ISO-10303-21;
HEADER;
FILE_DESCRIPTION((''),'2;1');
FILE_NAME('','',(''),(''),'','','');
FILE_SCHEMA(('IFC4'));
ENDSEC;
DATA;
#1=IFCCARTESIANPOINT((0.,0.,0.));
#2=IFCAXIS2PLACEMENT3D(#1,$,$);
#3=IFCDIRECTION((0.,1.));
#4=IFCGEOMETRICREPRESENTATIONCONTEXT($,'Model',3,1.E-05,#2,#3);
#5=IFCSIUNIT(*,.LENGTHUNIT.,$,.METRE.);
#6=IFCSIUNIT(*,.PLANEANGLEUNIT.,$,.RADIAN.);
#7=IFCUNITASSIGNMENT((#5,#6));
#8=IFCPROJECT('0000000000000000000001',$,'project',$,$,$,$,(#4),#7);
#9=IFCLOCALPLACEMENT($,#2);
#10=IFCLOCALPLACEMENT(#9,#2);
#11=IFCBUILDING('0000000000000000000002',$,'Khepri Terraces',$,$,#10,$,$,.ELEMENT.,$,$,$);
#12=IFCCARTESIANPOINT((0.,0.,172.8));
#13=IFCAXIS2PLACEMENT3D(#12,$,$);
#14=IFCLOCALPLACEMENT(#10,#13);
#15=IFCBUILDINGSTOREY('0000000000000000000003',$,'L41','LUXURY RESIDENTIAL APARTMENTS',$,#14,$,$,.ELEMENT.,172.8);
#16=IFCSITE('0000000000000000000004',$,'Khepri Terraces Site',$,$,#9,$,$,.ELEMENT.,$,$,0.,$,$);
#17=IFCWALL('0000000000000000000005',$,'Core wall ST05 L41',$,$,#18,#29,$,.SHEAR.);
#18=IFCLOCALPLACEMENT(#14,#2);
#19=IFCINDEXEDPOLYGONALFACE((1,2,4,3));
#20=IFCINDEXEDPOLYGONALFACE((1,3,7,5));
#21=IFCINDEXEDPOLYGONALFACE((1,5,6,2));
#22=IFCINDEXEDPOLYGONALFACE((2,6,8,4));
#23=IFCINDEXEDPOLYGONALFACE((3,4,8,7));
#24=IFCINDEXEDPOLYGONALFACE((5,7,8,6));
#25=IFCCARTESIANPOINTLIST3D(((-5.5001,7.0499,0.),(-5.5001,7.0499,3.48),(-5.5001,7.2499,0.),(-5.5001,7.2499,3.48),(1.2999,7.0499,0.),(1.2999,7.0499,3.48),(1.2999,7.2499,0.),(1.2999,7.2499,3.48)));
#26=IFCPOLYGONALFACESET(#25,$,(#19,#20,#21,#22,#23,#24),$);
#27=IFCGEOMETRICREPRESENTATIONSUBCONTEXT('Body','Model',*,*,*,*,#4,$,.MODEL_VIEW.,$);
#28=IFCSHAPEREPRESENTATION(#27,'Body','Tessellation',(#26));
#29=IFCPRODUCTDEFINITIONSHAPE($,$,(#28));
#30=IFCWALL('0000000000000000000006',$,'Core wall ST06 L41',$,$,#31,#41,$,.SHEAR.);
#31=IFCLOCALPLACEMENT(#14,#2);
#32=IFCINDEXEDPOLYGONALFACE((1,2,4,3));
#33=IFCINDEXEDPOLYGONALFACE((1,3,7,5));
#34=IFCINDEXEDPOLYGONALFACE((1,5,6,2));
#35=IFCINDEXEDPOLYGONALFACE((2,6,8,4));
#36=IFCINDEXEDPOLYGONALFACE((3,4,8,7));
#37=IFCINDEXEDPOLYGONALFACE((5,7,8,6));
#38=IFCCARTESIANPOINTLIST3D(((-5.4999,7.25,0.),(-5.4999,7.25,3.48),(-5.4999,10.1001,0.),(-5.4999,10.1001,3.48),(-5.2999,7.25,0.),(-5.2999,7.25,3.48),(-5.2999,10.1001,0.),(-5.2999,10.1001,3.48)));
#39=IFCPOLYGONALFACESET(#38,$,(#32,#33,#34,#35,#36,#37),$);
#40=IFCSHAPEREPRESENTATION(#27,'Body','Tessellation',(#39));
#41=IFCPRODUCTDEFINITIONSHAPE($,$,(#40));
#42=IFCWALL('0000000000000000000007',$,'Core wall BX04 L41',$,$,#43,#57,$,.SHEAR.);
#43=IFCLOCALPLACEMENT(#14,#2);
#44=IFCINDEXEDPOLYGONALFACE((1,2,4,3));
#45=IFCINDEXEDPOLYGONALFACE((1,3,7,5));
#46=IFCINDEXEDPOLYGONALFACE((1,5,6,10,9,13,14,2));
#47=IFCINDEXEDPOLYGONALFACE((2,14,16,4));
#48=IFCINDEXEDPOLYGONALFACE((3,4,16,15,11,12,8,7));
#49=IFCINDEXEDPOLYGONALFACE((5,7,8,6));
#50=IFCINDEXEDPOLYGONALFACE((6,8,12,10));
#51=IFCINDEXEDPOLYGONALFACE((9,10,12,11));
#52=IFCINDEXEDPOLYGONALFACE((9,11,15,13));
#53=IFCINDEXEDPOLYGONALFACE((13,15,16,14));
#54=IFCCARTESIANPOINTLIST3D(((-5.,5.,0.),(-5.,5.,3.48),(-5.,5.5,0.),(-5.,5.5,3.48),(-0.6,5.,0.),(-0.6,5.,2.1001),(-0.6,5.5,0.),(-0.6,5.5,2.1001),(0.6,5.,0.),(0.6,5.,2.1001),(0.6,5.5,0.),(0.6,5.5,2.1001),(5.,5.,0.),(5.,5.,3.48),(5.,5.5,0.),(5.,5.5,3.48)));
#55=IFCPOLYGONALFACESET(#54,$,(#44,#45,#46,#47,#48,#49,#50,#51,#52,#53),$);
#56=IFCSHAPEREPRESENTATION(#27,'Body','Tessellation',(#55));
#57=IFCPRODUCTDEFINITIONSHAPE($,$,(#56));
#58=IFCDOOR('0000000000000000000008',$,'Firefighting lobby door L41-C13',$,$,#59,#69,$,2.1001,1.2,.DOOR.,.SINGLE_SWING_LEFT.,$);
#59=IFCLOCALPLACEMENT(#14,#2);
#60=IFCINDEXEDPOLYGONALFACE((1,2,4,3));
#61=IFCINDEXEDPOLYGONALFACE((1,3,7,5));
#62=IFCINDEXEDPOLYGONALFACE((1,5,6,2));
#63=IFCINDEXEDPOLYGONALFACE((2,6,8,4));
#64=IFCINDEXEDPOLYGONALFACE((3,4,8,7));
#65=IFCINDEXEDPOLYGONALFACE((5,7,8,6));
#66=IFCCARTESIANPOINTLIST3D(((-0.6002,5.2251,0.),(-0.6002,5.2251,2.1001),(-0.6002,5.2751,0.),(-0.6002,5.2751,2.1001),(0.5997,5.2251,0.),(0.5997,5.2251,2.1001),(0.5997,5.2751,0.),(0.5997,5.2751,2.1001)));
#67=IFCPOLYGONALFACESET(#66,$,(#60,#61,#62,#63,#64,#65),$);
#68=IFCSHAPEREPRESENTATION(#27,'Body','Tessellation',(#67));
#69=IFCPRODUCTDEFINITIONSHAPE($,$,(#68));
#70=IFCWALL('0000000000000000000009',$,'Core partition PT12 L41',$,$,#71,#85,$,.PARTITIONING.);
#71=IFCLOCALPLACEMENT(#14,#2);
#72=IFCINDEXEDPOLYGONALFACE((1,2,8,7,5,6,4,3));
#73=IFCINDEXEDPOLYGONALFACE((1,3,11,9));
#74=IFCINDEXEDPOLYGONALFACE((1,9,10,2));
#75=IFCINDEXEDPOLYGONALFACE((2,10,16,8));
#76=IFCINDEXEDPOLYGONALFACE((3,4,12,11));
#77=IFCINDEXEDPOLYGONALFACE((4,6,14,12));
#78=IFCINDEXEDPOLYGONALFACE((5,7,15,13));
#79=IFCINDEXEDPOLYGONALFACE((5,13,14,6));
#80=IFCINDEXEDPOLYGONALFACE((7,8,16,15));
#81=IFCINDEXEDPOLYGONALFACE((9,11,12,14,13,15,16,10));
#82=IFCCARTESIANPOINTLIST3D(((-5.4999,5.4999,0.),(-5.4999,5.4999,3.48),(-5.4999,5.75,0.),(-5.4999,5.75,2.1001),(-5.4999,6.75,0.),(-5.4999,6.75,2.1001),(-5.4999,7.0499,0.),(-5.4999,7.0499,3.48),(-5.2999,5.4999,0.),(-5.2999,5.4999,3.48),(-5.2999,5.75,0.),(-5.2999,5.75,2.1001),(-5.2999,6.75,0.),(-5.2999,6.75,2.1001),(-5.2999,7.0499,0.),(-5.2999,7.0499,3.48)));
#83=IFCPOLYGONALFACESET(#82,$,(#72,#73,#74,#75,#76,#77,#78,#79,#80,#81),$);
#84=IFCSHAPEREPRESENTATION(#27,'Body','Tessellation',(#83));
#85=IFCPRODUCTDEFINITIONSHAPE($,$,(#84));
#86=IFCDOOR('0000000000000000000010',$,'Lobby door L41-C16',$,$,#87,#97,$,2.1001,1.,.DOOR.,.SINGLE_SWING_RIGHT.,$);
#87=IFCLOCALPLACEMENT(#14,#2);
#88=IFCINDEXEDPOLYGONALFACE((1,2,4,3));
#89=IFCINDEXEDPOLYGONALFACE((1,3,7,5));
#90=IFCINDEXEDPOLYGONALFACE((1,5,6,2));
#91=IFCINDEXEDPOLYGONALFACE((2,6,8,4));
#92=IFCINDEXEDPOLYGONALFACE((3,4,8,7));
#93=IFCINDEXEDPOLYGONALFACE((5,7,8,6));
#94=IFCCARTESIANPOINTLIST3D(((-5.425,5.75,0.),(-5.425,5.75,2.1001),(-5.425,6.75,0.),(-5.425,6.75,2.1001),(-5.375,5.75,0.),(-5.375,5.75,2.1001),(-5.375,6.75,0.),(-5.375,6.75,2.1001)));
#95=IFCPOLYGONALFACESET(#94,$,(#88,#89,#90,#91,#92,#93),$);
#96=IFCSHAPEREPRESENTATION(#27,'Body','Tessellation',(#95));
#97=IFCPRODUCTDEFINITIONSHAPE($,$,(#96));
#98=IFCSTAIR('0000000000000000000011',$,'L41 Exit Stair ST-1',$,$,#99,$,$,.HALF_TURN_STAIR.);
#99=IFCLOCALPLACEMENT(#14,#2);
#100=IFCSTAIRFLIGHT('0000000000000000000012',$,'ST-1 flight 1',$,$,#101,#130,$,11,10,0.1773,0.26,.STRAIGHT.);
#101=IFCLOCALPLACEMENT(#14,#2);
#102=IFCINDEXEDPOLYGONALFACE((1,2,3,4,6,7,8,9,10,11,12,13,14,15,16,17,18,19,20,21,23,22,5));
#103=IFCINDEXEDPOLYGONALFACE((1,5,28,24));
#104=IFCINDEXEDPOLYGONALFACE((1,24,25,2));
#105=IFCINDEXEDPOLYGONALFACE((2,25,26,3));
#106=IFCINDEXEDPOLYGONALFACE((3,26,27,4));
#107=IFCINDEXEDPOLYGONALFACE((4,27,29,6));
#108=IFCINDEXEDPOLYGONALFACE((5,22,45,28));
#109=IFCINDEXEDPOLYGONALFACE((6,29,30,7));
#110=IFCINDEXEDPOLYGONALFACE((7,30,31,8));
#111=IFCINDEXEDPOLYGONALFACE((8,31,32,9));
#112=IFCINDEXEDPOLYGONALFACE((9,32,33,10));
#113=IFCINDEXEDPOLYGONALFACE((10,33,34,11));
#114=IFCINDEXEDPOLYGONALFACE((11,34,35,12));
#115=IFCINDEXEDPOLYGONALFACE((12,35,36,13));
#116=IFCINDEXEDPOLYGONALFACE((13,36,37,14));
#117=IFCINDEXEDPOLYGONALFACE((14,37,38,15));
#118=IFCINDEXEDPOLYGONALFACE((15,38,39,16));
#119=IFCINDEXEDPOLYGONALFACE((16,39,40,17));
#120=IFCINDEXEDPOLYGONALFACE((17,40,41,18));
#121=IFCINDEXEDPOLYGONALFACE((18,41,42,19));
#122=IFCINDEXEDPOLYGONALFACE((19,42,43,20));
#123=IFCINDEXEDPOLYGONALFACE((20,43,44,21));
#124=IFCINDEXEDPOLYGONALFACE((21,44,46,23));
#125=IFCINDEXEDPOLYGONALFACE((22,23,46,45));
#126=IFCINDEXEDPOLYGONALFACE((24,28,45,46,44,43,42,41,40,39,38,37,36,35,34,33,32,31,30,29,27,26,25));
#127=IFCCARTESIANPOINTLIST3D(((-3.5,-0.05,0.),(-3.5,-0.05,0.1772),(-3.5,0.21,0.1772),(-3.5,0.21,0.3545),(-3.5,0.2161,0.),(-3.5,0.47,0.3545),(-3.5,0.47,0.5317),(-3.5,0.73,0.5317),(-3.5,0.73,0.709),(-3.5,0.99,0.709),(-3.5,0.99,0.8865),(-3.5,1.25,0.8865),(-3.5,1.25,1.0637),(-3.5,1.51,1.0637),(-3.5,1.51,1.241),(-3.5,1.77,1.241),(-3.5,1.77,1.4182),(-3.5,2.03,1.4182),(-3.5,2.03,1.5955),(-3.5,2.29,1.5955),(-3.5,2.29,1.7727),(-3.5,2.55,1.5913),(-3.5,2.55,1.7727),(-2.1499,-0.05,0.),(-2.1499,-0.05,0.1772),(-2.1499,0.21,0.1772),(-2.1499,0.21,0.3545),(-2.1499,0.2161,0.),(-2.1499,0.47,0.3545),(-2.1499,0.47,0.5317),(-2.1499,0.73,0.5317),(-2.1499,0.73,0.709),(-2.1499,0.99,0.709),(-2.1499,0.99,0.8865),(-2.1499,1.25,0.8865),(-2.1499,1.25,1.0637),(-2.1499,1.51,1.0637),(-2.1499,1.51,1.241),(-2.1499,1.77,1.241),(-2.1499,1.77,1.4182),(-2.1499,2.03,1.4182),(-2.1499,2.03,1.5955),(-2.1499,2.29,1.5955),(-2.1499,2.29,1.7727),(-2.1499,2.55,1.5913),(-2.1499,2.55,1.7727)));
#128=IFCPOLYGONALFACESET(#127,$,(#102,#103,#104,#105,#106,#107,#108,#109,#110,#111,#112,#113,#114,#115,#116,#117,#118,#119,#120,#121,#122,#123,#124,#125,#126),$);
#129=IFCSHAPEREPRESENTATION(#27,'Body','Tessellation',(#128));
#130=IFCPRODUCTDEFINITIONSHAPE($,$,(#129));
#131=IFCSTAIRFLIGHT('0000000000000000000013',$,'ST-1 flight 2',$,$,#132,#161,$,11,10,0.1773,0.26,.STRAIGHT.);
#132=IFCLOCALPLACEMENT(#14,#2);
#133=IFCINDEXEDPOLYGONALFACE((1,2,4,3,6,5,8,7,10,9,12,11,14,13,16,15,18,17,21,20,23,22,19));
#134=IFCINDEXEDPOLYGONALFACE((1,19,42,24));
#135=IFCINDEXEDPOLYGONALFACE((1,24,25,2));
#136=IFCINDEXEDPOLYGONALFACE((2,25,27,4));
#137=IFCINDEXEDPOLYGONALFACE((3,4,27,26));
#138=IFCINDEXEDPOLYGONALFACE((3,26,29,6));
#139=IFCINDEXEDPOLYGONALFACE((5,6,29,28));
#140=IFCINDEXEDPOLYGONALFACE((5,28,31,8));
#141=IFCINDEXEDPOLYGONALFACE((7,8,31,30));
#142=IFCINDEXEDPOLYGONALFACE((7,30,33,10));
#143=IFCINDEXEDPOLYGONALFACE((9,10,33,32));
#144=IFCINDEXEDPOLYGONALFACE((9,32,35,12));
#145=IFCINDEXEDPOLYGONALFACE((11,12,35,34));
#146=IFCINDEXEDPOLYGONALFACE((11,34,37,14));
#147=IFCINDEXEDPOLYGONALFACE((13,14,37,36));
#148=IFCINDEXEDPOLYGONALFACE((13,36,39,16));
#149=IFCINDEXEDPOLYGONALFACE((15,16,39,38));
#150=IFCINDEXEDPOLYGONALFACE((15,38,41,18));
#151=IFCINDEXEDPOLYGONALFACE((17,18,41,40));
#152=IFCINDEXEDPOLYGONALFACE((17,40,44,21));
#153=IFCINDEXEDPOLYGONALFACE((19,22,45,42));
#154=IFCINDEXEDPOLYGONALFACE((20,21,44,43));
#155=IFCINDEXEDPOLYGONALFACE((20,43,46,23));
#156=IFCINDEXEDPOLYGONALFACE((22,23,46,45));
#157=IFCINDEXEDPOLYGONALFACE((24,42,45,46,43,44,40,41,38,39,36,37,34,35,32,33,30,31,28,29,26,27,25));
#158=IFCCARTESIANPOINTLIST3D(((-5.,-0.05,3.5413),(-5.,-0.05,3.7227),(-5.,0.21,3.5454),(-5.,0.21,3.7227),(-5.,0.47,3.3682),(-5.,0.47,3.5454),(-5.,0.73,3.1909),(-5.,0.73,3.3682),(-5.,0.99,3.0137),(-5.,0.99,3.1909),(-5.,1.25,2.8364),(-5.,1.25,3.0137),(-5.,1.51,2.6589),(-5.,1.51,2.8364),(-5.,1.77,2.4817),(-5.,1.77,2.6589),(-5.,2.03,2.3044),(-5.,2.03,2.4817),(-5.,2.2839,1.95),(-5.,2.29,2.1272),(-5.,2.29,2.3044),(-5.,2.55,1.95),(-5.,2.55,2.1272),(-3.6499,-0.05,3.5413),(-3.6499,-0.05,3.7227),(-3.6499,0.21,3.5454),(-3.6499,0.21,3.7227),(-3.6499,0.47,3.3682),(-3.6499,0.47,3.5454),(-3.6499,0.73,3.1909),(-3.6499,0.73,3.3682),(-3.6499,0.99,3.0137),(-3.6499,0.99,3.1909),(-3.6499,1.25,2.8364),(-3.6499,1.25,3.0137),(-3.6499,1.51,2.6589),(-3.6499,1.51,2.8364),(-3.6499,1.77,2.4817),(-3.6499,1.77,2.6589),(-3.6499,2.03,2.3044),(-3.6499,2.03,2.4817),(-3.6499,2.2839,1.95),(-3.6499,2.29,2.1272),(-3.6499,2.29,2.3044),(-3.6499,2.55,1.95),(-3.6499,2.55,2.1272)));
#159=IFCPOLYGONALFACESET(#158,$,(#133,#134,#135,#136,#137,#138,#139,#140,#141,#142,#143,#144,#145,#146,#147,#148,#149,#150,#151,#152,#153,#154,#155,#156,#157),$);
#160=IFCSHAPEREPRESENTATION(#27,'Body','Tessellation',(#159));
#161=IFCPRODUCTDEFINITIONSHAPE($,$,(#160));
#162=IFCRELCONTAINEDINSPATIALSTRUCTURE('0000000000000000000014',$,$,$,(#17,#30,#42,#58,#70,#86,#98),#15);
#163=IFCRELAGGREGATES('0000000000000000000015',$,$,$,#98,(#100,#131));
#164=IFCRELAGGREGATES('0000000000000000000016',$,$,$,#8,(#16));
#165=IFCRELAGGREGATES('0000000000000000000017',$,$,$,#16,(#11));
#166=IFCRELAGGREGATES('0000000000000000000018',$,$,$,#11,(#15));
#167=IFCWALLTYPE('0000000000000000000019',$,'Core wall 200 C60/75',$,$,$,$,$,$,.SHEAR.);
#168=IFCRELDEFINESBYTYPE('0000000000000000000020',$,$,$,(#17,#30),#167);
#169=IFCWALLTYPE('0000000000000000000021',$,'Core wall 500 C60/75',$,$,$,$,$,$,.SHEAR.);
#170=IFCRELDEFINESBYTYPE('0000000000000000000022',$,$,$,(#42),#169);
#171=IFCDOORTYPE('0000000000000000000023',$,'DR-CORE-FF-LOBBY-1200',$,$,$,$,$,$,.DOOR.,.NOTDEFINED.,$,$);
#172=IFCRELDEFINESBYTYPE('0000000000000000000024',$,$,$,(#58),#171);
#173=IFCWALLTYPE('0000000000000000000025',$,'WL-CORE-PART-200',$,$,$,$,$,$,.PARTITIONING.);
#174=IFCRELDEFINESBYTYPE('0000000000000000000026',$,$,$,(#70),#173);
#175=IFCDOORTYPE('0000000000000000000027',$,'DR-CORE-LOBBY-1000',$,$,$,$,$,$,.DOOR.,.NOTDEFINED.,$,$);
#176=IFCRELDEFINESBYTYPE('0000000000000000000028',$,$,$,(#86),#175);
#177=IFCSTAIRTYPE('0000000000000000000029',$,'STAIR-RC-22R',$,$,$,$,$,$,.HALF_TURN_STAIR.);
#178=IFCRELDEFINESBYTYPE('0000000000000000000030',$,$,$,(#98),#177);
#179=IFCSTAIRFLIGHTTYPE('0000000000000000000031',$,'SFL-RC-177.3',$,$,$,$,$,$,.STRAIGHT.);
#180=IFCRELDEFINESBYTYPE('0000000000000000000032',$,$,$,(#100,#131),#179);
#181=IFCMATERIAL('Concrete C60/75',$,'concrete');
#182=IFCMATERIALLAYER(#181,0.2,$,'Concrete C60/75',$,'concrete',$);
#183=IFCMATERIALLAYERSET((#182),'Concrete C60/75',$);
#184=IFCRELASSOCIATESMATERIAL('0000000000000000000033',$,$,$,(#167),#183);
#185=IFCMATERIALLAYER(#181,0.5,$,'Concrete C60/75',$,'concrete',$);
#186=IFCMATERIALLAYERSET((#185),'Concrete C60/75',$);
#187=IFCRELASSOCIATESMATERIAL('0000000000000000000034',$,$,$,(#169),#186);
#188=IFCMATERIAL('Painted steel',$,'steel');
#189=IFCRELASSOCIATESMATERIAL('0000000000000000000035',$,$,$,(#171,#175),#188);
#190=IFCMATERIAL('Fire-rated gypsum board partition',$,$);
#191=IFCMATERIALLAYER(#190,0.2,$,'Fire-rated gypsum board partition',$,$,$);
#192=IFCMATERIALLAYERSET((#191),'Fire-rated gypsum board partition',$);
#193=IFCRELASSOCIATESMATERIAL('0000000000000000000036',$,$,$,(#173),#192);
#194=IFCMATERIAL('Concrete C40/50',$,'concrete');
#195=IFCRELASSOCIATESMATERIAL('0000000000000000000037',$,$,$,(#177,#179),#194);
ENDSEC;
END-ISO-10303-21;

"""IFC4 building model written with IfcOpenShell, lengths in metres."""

from ifc_helpers import new_model, si_unit, direction, frame, frame_2d, origin, place, context, subcontext, project, spatial, polyline, rectangle, outline, extrude, material, layer, layer_set, type_object, element, fill, aggregate, save


model = new_model("IFC4")

# Units and contexts
model_context = context("Model", 3, precision=1e-05, world=origin(), true_north=direction((0.0, 1.0)))
body_context = subcontext(model_context, "Body", "Model", "MODEL_VIEW")
ifc_project = project(units=[si_unit("LENGTHUNIT", "METRE"), si_unit("PLANEANGLEUNIT", "RADIAN")], contexts=[model_context])

# Site, building, storey
site_placement = place(None, origin())
site = spatial("IfcSite", under=ifc_project, at=site_placement, Name="Khepri Terraces Site", CompositionType="ELEMENT", RefElevation=0.0)
building_placement = place(site_placement, origin())
building = spatial("IfcBuilding", under=site, at=building_placement, Name="Khepri Terraces", CompositionType="ELEMENT")
storey_placement = place(building_placement, frame((0.0, 0.0, 172.8)))
storey = spatial("IfcBuildingStorey", under=building, at=storey_placement, Name="L41", Description="LUXURY RESIDENTIAL APARTMENTS", CompositionType="ELEMENT", Elevation=172.8)

# Walls
ifc_material_1 = material(Name="Concrete C60/75", Category="concrete")
ifc_layer_1 = layer(ifc_material_1, 0.2, Name="Concrete C60/75", Category="concrete")
ifc_layer_set_1 = layer_set([ifc_layer_1], Name="Concrete C60/75")
wall_type_1 = type_object("IfcWallType", Name="Core wall 200 C60/75", PredefinedType="SHEAR", material=ifc_layer_set_1)
wall_1_placement = place(storey_placement, frame((-5.5, 7.1499, 0.0), z_axis=(0.0, 0.0, 1.0), x_axis=(1.0, 0.0, 0.0)))
element("IfcWall", 1, at=wall_1_placement, inside=storey, type_object=wall_type_1, Name="Core wall ST05 L41", PredefinedType="SHEAR", context=body_context, shape_type="SweptSolid", body=[
    extrude(rectangle(XDim=6.8, YDim=0.2, at=frame_2d((3.3999, 0.0))), origin(), (0.0, 0.0, 1.0), 3.48),
])
wall_2_placement = place(storey_placement, frame((-5.3999, 7.25, 0.0), z_axis=(0.0, 0.0, 1.0), x_axis=(0.0, 1.0, 0.0)))
element("IfcWall", 2, at=wall_2_placement, inside=storey, type_object=wall_type_1, Name="Core wall ST06 L41", PredefinedType="SHEAR", context=body_context, shape_type="SweptSolid", body=[
    extrude(rectangle(XDim=2.8501, YDim=0.2, at=frame_2d((1.425, 0.0))), origin(), (0.0, 0.0, 1.0), 3.48),
])

# Walls, openings, doors
ifc_layer_2 = layer(ifc_material_1, 0.5, Name="Concrete C60/75", Category="concrete")
ifc_layer_set_2 = layer_set([ifc_layer_2], Name="Concrete C60/75")
wall_type_2 = type_object("IfcWallType", Name="Core wall 500 C60/75", PredefinedType="SHEAR", material=ifc_layer_set_2)
wall_3_placement = place(storey_placement, frame((-5.0, 5.25, 0.0), z_axis=(0.0, 0.0, 1.0), x_axis=(1.0, 0.0, 0.0)))
wall_3 = element("IfcWall", 3, at=wall_3_placement, inside=storey, type_object=wall_type_2, Name="Core wall BX04 L41", PredefinedType="SHEAR", context=body_context, shape_type="SweptSolid", body=[
    extrude(rectangle(XDim=10.0, YDim=0.5, at=frame_2d((5.0, 0.0))), origin(), (0.0, 0.0, 1.0), 3.48),
])
opening_1_placement = place(wall_3_placement, frame((4.3999, 0.0, 0.0)))
opening_1 = element("IfcOpeningElement", 4, at=opening_1_placement, cuts=wall_3, PredefinedType="OPENING", context=body_context, shape_type="SweptSolid", body=[
    extrude(rectangle(XDim=1.2, YDim=2.1001, at=frame_2d((0.6001, 1.05))), frame((0.0, 0.26, 0.0), z_axis=(0.0, -1.0, 0.0), x_axis=(1.0, 0.0, 0.0)), (0.0, 0.0, 1.0), 0.52),
])
ifc_material_2 = material(Name="Painted steel", Category="steel")
door_type_1 = type_object("IfcDoorType", Name="DR-CORE-FF-LOBBY-1200", OperationType="NOTDEFINED", PredefinedType="DOOR", material=ifc_material_2)
door_1_placement = place(opening_1_placement, frame((1.2, 0.0, 0.0), z_axis=(0.0, 0.0, 1.0), x_axis=(-1.0, 0.0, 0.0)))
door_1 = element("IfcDoor", 5, at=door_1_placement, inside=storey, type_object=door_type_1, Name="Firefighting lobby door L41-C13", OperationType="SINGLE_SWING_LEFT", OverallHeight=2.1001, OverallWidth=1.2, PredefinedType="DOOR", context=body_context, shape_type="SweptSolid", body=[
    extrude(rectangle(XDim=1.2, YDim=2.1001, at=frame_2d((0.6001, 1.05))), frame((0.0, 0.0249, 0.0), z_axis=(0.0, -1.0, 0.0), x_axis=(1.0, 0.0, 0.0)), (0.0, 0.0, 1.0), 0.05),
])
fill(opening_1, door_1)
ifc_material_3 = material(Name="Fire-rated gypsum board partition")
ifc_layer_3 = layer(ifc_material_3, 0.2, Name="Fire-rated gypsum board partition")
ifc_layer_set_3 = layer_set([ifc_layer_3], Name="Fire-rated gypsum board partition")
wall_type_3 = type_object("IfcWallType", Name="WL-CORE-PART-200", PredefinedType="PARTITIONING", material=ifc_layer_set_3)
wall_4_placement = place(storey_placement, frame((-5.3999, 5.5, 0.0), z_axis=(0.0, 0.0, 1.0), x_axis=(0.0, 1.0, 0.0)))
wall_4 = element("IfcWall", 6, at=wall_4_placement, inside=storey, type_object=wall_type_3, Name="Core partition PT12 L41", PredefinedType="PARTITIONING", context=body_context, shape_type="SweptSolid", body=[
    extrude(rectangle(XDim=1.55, YDim=0.2, at=frame_2d((0.7749, 0.0))), origin(), (0.0, 0.0, 1.0), 3.48),
])
opening_2_placement = place(wall_4_placement, frame((0.25, 0.0, 0.0)))
opening_2 = element("IfcOpeningElement", 7, at=opening_2_placement, cuts=wall_4, PredefinedType="OPENING", context=body_context, shape_type="SweptSolid", body=[
    extrude(rectangle(XDim=1.0, YDim=2.1001, at=frame_2d((0.5, 1.05))), frame((0.0, 0.1099, 0.0), z_axis=(0.0, -1.0, 0.0), x_axis=(1.0, 0.0, 0.0)), (0.0, 0.0, 1.0), 0.22),
])
door_type_2 = type_object("IfcDoorType", Name="DR-CORE-LOBBY-1000", OperationType="NOTDEFINED", PredefinedType="DOOR", material=ifc_material_2)
door_2_placement = place(opening_2_placement, frame((1.0, 0.0, 0.0), z_axis=(0.0, 0.0, 1.0), x_axis=(-1.0, 0.0, 0.0)))
door_2 = element("IfcDoor", 8, at=door_2_placement, inside=storey, type_object=door_type_2, Name="Lobby door L41-C16", OperationType="SINGLE_SWING_RIGHT", OverallHeight=2.1001, OverallWidth=1.0, PredefinedType="DOOR", context=body_context, shape_type="SweptSolid", body=[
    extrude(rectangle(XDim=1.0, YDim=2.1001, at=frame_2d((0.5, 1.05))), frame((0.0, 0.0249, 0.0), z_axis=(0.0, -1.0, 0.0), x_axis=(1.0, 0.0, 0.0)), (0.0, 0.0, 1.0), 0.05),
])
fill(opening_2, door_2)

# Stair, stair flights
ifc_material_4 = material(Name="Concrete C40/50", Category="concrete")
stair_type = type_object("IfcStairType", Name="STAIR-RC-22R", PredefinedType="HALF_TURN_STAIR", material=ifc_material_4)
stair_1_placement = place(storey_placement, origin())
stair_1 = element("IfcStair", 9, at=stair_1_placement, inside=storey, type_object=stair_type, Name="L41 Exit Stair ST-1", PredefinedType="HALF_TURN_STAIR")
stair_flight_type = type_object("IfcStairFlightType", Name="SFL-RC-177.3", PredefinedType="STRAIGHT", material=ifc_material_4)
stair_flight_1_placement = place(storey_placement, frame((-2.825, -0.05, 0.0), z_axis=(0.0, 0.0, 1.0), x_axis=(0.0, 1.0, 0.0)))
stair_flight_1 = element("IfcStairFlight", 10, at=stair_flight_1_placement, type_object=stair_flight_type, Name="ST-1 flight 1", NumberOfRisers=11, NumberOfTreads=10, PredefinedType="STRAIGHT", RiserHeight=0.1773, TreadLength=0.26, context=body_context, shape_type="SweptSolid", body=[
    extrude(outline(polyline([(0.0, 0.0), (0.0, 0.1772), (0.26, 0.1772), (0.26, 0.3545), (0.52, 0.3545), (0.52, 0.5317), (0.78, 0.5317), (0.78, 0.709), (1.04, 0.709), (1.04, 0.8865), (1.3, 0.8865), (1.3, 1.0637), (1.5601, 1.0637), (1.5601, 1.241), (1.8201, 1.241), (1.8201, 1.4182), (2.0801, 1.4182), (2.0801, 1.5955), (2.3401, 1.5955), (2.3401, 1.7727), (2.6001, 1.7727), (2.6001, 1.95), (2.6001, 1.5913), (0.2661, 0.0), (0.0, 0.0)])), frame((0.0, 0.675, 0.0), z_axis=(0.0, -1.0, 0.0), x_axis=(1.0, 0.0, 0.0)), (0.0, 0.0, 1.0), 1.3501),
])
stair_flight_2_placement = place(storey_placement, frame((-4.325, 2.55, 1.95), z_axis=(0.0, 0.0, 1.0), x_axis=(0.0, -1.0, 0.0)))
stair_flight_2 = element("IfcStairFlight", 11, at=stair_flight_2_placement, type_object=stair_flight_type, Name="ST-1 flight 2", NumberOfRisers=11, NumberOfTreads=10, PredefinedType="STRAIGHT", RiserHeight=0.1773, TreadLength=0.26, context=body_context, shape_type="SweptSolid", body=[
    extrude(outline(polyline([(0.0, 0.0), (0.0, 0.1772), (0.26, 0.1772), (0.26, 0.3545), (0.52, 0.3545), (0.52, 0.5317), (0.78, 0.5317), (0.78, 0.709), (1.04, 0.709), (1.04, 0.8865), (1.3, 0.8865), (1.3, 1.0637), (1.5601, 1.0637), (1.5601, 1.241), (1.8201, 1.241), (1.8201, 1.4182), (2.0801, 1.4182), (2.0801, 1.5955), (2.3401, 1.5955), (2.3401, 1.7727), (2.6001, 1.7727), (2.6001, 1.95), (2.6001, 1.5913), (0.2661, 0.0), (0.0, 0.0)])), frame((0.0, 0.675, 0.0), z_axis=(0.0, -1.0, 0.0), x_axis=(1.0, 0.0, 0.0)), (0.0, 0.0, 1.0), 1.3501),
])
aggregate(stair_1, [stair_flight_1, stair_flight_2])

save(model, "model.ifc")
